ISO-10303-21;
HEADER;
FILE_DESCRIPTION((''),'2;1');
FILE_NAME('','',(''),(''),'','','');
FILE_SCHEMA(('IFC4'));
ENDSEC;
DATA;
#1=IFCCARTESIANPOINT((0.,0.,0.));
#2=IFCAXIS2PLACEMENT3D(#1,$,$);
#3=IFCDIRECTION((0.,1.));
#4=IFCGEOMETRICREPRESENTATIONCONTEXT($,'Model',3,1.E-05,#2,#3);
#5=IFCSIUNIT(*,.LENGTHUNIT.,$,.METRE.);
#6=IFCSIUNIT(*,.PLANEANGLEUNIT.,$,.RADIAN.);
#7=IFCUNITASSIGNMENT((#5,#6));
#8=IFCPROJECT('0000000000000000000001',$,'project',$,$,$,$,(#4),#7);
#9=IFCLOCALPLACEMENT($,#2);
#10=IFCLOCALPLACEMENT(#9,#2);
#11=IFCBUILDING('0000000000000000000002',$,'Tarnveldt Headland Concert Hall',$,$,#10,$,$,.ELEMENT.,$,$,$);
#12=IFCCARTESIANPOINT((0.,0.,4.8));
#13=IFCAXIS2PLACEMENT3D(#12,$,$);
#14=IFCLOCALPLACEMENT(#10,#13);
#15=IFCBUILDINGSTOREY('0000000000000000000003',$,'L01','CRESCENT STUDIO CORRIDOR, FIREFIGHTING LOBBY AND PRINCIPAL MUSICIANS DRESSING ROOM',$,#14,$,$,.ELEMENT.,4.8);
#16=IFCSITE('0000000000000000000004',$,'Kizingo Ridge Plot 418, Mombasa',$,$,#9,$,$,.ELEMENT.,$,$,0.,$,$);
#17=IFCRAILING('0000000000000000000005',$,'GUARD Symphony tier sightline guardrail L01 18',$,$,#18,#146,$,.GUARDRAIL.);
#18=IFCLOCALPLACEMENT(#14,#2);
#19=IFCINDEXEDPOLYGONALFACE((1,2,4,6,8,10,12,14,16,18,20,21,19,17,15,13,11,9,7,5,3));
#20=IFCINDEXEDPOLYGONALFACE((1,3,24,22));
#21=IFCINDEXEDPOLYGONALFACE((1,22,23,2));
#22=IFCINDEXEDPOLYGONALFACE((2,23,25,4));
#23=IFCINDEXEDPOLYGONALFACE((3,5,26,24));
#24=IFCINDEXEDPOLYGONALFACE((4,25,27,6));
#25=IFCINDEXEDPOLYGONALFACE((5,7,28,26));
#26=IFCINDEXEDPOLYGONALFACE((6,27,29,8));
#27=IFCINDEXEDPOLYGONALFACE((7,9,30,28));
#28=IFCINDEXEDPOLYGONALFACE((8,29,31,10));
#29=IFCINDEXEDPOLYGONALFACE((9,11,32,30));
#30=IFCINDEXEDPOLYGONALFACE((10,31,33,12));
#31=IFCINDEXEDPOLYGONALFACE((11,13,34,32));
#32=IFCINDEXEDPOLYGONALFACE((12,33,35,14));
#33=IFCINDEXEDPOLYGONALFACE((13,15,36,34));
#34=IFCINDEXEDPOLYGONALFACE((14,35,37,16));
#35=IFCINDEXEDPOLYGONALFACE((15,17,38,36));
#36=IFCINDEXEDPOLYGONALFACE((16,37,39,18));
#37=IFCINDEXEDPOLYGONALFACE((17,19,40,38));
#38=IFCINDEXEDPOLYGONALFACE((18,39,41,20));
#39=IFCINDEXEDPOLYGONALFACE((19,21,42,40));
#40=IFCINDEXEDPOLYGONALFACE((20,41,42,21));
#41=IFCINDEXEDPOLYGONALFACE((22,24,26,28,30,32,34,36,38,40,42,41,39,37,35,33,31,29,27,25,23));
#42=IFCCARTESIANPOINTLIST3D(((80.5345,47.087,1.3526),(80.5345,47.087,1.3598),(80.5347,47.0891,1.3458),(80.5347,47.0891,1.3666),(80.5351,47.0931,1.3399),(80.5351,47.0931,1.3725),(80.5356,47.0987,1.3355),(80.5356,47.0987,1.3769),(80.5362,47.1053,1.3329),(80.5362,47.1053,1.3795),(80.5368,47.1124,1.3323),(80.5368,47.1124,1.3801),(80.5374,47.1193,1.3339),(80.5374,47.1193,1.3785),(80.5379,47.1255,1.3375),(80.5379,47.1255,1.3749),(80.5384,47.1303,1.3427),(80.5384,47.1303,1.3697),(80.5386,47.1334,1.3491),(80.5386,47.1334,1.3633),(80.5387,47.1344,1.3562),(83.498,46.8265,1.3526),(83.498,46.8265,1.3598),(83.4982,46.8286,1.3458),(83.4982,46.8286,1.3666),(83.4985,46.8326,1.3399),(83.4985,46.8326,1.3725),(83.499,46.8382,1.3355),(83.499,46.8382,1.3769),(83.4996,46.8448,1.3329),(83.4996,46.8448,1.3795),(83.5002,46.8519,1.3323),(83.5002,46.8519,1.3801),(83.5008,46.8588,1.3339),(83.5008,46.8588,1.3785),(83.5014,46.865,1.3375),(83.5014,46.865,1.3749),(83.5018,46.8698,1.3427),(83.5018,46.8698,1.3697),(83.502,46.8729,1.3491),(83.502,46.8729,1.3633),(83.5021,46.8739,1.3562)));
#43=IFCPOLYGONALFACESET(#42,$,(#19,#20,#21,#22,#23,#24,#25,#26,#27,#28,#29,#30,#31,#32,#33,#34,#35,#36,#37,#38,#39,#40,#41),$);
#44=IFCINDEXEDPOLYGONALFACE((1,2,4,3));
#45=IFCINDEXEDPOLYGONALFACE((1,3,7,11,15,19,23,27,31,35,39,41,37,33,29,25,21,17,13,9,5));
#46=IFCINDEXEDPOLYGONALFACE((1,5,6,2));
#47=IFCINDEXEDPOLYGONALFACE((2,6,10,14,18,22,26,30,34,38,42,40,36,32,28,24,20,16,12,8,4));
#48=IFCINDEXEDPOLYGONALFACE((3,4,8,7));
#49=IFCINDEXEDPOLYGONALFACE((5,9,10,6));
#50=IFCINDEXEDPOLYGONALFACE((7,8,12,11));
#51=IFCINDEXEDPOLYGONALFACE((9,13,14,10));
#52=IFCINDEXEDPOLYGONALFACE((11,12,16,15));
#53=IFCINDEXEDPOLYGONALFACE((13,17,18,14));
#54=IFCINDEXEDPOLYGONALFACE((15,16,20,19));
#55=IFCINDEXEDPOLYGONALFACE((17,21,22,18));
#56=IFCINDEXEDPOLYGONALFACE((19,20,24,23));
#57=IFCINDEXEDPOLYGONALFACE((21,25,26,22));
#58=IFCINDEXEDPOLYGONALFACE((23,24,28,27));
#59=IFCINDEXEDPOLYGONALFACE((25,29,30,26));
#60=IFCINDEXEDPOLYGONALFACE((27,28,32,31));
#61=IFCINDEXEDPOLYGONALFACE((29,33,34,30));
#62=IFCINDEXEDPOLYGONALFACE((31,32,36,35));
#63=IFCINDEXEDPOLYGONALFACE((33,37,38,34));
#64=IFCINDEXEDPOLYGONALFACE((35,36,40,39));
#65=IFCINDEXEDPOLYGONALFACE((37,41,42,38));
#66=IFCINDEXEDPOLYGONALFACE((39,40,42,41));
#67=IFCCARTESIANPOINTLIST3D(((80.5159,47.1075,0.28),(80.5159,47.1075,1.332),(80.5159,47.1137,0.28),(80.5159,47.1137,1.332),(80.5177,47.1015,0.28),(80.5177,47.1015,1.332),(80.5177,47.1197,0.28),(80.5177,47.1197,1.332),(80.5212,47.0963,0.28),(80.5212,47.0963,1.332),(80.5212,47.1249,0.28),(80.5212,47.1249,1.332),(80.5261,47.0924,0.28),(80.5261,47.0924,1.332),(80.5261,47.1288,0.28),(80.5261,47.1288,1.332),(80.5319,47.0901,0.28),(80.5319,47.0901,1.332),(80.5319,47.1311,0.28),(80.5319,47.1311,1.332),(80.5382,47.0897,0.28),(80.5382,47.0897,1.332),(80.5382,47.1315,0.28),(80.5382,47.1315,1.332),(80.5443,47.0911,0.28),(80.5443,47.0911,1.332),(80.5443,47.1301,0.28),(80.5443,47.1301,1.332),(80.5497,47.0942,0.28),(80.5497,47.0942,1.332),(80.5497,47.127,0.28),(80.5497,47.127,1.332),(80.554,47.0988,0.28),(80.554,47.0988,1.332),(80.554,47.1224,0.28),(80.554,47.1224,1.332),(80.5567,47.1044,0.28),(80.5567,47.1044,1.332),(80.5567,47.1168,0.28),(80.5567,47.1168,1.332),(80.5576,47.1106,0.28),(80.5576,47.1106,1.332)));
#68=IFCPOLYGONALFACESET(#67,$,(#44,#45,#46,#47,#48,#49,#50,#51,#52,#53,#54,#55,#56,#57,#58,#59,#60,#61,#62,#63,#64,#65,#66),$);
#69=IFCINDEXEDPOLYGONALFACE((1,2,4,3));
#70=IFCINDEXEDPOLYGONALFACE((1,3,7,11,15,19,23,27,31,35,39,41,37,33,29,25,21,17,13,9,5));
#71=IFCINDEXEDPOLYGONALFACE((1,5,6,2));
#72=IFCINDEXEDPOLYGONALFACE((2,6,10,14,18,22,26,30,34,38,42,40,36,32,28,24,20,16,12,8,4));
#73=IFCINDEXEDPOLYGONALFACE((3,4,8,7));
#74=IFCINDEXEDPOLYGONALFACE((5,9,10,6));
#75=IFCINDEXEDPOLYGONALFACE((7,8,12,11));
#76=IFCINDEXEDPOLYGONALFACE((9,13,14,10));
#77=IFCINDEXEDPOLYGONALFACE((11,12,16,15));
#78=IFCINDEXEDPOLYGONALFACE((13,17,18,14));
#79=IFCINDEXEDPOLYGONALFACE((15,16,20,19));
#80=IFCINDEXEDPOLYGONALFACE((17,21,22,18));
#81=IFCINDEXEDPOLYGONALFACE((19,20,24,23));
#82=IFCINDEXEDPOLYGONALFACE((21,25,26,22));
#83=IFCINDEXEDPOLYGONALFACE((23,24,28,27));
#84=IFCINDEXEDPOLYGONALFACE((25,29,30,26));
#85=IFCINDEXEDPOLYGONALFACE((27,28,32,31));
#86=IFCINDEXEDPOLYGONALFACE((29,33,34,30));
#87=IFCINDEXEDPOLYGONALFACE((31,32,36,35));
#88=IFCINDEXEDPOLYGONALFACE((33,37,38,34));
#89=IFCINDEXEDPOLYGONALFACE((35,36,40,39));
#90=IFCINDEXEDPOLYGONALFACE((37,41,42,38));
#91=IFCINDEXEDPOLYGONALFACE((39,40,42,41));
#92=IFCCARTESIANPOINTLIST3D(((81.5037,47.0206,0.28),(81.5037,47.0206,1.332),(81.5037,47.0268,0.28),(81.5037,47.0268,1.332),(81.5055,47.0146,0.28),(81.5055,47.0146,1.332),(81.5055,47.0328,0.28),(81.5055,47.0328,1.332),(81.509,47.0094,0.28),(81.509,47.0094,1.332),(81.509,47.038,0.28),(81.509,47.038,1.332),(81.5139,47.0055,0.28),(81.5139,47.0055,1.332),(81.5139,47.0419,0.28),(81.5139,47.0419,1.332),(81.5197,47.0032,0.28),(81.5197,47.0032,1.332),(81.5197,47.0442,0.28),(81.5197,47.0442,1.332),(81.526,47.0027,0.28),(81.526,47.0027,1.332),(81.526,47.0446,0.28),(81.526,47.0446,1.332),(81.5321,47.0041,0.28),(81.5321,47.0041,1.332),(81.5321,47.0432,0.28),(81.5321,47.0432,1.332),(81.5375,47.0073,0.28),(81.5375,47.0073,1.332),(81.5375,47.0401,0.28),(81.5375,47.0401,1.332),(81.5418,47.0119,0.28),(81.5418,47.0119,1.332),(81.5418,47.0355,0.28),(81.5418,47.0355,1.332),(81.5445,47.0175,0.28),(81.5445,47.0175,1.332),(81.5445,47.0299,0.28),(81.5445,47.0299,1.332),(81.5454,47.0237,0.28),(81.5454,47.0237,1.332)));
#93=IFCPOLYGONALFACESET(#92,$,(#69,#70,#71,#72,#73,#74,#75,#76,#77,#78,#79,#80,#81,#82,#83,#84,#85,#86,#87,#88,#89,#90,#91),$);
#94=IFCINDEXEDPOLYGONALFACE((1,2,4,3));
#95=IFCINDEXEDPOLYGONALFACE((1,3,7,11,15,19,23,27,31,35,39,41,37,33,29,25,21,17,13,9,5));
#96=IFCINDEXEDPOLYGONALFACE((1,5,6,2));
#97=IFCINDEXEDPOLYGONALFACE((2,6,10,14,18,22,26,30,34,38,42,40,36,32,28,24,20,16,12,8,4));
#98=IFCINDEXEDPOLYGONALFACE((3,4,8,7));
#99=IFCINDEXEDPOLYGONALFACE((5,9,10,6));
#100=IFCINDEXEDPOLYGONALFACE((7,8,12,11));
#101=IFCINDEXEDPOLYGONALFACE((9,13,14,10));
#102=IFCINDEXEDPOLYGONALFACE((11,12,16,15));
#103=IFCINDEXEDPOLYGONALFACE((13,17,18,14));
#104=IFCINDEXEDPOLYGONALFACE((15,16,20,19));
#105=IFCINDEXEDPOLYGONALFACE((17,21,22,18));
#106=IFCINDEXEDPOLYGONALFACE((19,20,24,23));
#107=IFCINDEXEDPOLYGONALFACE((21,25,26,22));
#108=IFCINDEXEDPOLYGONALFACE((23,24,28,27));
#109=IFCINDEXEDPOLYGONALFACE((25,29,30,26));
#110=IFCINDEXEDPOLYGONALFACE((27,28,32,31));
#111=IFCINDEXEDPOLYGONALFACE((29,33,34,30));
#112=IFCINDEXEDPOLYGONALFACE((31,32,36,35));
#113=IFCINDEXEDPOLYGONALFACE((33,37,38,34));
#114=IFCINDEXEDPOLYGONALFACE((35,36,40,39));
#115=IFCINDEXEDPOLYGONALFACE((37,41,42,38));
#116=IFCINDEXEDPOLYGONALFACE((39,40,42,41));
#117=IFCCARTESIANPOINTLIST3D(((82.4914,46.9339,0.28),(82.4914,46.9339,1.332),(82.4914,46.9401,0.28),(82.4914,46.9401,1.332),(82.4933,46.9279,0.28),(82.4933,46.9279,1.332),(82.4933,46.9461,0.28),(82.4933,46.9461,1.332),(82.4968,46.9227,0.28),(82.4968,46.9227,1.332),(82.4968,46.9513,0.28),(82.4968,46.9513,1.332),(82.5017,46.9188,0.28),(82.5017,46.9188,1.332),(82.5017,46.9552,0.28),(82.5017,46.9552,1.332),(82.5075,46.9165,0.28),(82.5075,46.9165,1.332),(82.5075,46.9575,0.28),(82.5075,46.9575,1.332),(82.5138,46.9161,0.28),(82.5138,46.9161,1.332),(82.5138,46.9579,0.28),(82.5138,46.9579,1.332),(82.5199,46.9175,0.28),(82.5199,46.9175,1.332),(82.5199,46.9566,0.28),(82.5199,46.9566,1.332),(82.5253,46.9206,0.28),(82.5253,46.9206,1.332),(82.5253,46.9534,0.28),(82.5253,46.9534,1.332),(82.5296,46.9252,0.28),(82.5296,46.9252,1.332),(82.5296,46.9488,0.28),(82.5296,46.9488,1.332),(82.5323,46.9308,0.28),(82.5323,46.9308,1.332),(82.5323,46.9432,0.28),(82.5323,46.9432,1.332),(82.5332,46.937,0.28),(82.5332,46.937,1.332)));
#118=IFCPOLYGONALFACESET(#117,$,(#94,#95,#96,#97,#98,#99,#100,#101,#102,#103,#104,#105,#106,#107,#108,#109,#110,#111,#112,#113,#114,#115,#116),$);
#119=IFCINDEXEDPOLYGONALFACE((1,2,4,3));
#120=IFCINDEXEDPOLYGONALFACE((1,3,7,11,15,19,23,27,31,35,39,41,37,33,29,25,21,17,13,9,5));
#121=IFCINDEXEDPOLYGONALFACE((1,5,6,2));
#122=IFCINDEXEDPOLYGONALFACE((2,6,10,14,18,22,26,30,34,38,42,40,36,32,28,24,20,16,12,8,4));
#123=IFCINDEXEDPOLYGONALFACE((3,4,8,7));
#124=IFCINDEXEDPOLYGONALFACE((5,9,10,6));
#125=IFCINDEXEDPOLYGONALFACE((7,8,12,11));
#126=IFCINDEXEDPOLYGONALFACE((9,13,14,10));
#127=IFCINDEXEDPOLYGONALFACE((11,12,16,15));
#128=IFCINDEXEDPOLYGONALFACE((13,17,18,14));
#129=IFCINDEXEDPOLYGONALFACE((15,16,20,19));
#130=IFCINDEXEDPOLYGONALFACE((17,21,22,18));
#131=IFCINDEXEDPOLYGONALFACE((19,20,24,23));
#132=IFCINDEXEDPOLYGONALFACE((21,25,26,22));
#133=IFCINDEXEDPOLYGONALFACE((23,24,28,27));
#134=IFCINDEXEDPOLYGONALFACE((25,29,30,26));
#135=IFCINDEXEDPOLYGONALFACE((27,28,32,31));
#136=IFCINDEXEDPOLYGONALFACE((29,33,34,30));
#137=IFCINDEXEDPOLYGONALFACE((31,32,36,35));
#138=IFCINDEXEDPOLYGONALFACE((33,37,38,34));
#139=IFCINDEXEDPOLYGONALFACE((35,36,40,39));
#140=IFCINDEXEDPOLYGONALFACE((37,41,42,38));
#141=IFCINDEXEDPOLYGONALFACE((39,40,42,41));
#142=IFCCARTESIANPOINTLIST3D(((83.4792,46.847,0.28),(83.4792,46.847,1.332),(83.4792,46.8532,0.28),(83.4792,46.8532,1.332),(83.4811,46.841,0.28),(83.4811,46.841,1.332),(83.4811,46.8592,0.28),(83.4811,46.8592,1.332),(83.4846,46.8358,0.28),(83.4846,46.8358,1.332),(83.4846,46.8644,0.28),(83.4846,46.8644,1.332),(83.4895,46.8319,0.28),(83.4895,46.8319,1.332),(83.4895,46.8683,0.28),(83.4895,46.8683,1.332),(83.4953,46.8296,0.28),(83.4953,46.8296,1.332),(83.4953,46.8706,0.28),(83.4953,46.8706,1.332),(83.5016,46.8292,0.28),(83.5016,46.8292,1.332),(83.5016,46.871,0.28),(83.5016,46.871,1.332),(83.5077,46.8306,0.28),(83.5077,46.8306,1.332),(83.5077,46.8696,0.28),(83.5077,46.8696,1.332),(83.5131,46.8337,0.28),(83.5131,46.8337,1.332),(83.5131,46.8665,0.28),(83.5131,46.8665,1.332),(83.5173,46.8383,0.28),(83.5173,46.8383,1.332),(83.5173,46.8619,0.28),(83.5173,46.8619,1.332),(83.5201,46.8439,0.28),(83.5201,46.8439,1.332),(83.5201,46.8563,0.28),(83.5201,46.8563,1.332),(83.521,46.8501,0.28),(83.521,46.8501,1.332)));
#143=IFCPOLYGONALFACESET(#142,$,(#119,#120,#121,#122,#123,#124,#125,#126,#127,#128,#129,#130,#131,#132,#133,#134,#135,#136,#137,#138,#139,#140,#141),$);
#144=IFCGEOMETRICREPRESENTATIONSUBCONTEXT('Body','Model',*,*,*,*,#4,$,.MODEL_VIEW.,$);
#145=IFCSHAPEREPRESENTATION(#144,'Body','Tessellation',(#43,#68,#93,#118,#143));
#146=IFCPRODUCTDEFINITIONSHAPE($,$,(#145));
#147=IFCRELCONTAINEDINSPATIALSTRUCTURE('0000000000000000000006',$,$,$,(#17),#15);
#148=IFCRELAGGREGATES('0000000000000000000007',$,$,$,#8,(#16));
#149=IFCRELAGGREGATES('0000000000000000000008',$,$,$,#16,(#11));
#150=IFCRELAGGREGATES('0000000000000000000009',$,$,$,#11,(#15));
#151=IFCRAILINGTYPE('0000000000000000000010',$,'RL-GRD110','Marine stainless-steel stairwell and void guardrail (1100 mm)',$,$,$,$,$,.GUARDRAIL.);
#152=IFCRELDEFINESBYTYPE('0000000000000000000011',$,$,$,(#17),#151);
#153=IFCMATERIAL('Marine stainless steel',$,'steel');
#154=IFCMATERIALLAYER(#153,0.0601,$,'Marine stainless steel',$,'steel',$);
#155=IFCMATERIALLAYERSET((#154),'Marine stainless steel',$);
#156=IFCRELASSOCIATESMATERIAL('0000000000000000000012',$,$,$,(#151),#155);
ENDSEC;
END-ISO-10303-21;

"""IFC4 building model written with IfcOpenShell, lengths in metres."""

from ifc_helpers import new_model, si_unit, direction, frame, origin, origin_2d, place, context, subcontext, project, spatial, circle, extrude, material, layer, layer_set, type_object, element, save


model = new_model("IFC4")

# Units and contexts
model_context = context("Model", 3, precision=1e-05, world=origin(), true_north=direction((0.0, 1.0)))
body_context = subcontext(model_context, "Body", "Model", "MODEL_VIEW")
ifc_project = project(units=[si_unit("LENGTHUNIT", "METRE"), si_unit("PLANEANGLEUNIT", "RADIAN")], contexts=[model_context])

# Site, building, storey
site_placement = place(None, origin())
site = spatial("IfcSite", under=ifc_project, at=site_placement, Name="Kizingo Ridge Plot 418, Mombasa", CompositionType="ELEMENT", RefElevation=0.0)
building_placement = place(site_placement, origin())
building = spatial("IfcBuilding", under=site, at=building_placement, Name="Tarnveldt Headland Concert Hall", CompositionType="ELEMENT")
storey_placement = place(building_placement, frame((0.0, 0.0, 4.8)))
storey = spatial("IfcBuildingStorey", under=building, at=storey_placement, Name="L01", Description="CRESCENT STUDIO CORRIDOR, FIREFIGHTING LOBBY AND PRINCIPAL MUSICIANS DRESSING ROOM", CompositionType="ELEMENT", Elevation=4.8)

# Railing
ifc_material_1 = material(Name="Marine stainless steel", Category="steel")
ifc_layer_1 = layer(ifc_material_1, 0.0601, Name="Marine stainless steel", Category="steel")
ifc_layer_set_1 = layer_set([ifc_layer_1], Name="Marine stainless steel")
railing_type = type_object("IfcRailingType", Name="RL-GRD110", Description="Marine stainless-steel stairwell and void guardrail (1100 mm)", PredefinedType="GUARDRAIL", material=ifc_layer_set_1)
railing_1_placement = place(storey_placement, frame((80.5366, 47.1106, 0.28)))
element("IfcRailing", 1, at=railing_1_placement, inside=storey, type_object=railing_type, Name="GUARD Symphony tier sightline guardrail L01 18", PredefinedType="GUARDRAIL", context=body_context, shape_type="SweptSolid", body=[
    extrude(circle(Radius=0.0239, at=origin_2d()), frame((0.0, 0.0, 1.0762), z_axis=(0.996159, -0.087568, 0.0), x_axis=(0.087568, 0.996159, 0.0)), (0.0, 0.0, 1.0), 2.9749),
    extrude(circle(Radius=0.021, at=origin_2d()), origin(), (0.0, 0.0, 1.0), 1.052),
    extrude(circle(Radius=0.021, at=origin_2d()), frame((0.9878, -0.0869, 0.0)), (0.0, 0.0, 1.0), 1.052),
    extrude(circle(Radius=0.021, at=origin_2d()), frame((1.9756, -0.1736, 0.0)), (0.0, 0.0, 1.0), 1.052),
    extrude(circle(Radius=0.021, at=origin_2d()), frame((2.9634, -0.2605, 0.0)), (0.0, 0.0, 1.0), 1.052),
])

save(model, "model.ifc")
